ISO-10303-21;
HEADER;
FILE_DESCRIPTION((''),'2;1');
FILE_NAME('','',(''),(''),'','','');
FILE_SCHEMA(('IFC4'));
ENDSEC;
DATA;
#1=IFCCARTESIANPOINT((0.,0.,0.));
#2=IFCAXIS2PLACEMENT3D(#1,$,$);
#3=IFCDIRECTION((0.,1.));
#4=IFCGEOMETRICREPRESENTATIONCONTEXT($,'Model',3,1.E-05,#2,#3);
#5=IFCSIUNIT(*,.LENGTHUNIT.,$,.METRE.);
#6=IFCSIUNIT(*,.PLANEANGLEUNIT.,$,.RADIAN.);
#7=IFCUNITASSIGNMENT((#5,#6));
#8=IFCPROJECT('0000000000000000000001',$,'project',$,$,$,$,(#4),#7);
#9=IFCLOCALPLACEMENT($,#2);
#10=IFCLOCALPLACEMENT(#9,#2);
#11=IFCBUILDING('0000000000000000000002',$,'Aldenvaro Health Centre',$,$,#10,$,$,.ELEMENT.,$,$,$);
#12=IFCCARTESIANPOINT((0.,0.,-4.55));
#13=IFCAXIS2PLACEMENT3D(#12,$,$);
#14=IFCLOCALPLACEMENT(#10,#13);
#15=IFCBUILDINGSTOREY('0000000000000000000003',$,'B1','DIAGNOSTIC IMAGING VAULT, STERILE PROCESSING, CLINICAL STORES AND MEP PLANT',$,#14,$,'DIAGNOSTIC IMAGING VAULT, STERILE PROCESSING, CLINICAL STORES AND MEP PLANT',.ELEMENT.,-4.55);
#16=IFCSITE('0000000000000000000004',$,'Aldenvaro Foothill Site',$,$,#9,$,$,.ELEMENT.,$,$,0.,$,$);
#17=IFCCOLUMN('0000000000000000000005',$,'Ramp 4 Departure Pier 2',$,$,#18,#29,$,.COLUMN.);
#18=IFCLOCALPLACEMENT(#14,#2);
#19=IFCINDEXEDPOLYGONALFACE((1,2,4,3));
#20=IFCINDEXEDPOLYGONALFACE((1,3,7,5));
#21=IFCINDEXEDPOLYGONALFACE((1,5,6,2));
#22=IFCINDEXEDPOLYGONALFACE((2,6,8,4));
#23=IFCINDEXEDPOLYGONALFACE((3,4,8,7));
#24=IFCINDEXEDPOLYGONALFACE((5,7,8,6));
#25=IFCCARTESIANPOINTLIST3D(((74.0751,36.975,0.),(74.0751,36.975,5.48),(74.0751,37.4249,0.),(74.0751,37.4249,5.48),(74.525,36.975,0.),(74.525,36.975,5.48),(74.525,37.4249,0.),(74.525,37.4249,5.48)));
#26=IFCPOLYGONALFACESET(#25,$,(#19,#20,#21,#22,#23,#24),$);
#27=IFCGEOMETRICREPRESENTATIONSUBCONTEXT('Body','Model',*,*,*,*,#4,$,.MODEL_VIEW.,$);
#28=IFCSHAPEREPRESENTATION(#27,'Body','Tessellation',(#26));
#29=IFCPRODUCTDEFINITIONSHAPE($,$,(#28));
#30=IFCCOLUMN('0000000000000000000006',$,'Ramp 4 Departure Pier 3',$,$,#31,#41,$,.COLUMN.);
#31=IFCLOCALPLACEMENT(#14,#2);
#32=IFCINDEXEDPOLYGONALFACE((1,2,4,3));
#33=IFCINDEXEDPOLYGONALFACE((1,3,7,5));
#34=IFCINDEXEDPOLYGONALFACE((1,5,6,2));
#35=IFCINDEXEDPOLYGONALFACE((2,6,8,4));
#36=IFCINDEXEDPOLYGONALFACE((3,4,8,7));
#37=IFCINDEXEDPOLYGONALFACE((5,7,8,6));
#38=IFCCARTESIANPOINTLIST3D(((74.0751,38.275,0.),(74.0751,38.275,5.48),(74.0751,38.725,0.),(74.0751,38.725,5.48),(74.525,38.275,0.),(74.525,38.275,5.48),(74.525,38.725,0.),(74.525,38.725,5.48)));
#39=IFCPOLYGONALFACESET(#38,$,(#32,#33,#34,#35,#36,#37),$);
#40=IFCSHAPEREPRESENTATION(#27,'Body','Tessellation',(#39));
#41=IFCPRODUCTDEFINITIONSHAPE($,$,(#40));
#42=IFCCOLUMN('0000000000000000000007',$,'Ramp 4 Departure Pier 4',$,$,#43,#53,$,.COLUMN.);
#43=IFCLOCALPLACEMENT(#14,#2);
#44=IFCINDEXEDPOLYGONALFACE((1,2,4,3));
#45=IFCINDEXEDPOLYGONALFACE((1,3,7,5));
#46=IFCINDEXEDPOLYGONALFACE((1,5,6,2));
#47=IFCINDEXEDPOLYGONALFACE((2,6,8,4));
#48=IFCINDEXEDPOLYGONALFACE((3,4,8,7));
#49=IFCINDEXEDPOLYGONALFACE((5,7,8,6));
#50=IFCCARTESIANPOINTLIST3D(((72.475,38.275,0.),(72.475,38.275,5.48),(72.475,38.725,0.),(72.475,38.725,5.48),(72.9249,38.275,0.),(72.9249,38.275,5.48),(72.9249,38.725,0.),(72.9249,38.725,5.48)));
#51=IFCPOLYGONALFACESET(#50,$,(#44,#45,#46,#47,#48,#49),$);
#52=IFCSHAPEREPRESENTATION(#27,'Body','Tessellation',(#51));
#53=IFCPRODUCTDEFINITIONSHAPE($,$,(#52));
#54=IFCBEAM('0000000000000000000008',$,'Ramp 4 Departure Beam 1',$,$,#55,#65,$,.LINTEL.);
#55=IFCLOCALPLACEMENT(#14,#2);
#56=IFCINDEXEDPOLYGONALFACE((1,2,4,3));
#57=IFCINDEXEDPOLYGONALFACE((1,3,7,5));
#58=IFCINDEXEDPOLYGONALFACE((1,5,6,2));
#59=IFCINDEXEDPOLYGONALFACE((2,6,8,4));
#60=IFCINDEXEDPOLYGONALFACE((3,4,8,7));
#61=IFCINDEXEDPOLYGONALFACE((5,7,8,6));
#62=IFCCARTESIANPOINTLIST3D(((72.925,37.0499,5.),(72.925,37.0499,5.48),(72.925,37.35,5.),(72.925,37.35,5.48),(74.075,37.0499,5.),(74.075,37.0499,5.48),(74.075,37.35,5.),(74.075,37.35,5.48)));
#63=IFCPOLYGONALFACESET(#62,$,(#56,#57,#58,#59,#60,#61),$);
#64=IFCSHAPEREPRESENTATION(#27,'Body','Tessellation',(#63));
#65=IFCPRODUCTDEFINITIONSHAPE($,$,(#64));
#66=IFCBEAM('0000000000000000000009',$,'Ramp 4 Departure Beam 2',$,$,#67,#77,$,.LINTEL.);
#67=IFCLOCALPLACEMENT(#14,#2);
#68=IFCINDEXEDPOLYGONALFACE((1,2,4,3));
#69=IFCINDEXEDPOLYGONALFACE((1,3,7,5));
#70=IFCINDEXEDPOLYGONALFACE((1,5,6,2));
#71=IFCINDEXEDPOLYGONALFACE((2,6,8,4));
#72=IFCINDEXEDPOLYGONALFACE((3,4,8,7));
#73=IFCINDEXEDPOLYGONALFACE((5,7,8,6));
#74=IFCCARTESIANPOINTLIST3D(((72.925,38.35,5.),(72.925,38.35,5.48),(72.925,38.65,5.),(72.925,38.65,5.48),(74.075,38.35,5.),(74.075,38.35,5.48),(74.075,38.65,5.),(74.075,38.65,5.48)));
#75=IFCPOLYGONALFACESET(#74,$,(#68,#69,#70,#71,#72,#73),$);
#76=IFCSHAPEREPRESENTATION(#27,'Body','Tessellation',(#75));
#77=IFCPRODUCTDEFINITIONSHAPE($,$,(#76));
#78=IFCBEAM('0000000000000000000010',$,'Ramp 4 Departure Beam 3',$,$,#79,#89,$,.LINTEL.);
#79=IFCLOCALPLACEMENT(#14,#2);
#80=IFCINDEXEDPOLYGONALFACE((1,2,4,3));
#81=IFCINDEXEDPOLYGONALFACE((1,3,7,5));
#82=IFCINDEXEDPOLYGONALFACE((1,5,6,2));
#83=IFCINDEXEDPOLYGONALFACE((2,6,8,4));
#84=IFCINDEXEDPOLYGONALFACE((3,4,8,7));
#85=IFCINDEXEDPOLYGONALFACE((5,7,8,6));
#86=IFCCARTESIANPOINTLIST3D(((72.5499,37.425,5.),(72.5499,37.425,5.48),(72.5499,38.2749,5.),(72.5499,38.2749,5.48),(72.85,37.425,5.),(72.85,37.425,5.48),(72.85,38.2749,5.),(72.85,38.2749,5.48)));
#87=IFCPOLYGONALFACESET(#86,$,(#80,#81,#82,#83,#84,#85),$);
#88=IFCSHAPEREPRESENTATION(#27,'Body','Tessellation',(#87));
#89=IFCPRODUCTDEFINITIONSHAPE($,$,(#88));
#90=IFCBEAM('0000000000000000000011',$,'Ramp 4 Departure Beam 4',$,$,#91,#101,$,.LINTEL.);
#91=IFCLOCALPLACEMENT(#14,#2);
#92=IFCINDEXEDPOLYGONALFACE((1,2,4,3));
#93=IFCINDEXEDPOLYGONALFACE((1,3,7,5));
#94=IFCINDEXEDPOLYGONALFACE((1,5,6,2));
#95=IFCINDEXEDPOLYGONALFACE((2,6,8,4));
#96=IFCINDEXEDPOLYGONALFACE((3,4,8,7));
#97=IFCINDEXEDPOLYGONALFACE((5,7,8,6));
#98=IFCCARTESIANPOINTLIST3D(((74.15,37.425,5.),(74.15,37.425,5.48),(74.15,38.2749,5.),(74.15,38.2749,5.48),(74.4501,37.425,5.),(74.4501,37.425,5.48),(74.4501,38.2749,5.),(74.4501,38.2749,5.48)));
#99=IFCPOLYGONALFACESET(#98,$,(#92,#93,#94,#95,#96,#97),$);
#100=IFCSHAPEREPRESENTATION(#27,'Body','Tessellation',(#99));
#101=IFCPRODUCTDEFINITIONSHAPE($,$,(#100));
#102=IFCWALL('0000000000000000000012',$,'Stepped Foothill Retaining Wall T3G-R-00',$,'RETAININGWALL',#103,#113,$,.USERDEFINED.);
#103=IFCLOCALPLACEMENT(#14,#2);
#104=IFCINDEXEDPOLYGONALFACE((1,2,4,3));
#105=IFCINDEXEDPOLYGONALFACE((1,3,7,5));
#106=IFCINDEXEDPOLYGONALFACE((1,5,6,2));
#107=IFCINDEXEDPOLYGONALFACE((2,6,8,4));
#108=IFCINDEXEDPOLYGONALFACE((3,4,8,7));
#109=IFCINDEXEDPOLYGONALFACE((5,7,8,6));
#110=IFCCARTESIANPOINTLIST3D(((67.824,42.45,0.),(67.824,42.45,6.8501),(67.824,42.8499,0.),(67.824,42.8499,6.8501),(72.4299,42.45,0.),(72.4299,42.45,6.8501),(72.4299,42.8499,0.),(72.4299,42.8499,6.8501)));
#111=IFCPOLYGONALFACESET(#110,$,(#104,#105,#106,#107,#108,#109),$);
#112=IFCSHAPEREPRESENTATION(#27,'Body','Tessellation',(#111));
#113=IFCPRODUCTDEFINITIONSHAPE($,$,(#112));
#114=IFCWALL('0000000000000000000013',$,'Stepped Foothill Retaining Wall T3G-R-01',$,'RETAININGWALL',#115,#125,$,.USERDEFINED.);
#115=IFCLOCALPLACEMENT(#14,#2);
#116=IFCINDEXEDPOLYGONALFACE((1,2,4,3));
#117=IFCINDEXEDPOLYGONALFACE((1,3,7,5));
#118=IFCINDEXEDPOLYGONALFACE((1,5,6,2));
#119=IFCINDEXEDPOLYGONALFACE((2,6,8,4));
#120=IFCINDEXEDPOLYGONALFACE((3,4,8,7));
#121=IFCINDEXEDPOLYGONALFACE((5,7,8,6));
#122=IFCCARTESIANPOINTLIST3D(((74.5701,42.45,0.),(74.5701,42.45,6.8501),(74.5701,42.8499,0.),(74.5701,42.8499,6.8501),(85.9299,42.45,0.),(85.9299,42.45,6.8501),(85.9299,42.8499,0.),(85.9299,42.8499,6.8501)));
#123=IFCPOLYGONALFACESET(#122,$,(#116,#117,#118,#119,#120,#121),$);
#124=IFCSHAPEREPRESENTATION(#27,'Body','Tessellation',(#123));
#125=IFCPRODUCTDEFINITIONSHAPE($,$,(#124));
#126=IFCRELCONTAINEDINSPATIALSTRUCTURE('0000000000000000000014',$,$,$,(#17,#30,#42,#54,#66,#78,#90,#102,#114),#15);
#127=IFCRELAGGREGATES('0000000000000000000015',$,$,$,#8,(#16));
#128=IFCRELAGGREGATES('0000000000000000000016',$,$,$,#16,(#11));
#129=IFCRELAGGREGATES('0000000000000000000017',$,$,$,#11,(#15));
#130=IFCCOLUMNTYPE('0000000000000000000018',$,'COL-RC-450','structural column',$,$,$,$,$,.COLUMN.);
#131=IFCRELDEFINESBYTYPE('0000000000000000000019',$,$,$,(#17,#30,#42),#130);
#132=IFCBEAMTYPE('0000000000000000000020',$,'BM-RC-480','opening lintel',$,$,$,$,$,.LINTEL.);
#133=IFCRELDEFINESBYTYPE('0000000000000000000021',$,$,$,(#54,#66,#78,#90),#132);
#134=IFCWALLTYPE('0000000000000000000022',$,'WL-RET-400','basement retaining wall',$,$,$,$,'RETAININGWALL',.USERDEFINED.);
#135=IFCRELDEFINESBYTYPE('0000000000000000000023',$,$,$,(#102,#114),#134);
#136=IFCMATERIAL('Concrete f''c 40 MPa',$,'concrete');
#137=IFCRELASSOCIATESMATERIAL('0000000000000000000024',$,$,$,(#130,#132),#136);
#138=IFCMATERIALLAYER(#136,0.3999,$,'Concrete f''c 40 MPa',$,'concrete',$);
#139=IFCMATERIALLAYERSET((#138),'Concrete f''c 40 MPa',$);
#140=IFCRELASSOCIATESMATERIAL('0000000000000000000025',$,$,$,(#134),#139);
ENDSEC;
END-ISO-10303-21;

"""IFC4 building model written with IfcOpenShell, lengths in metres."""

from ifc_helpers import new_model, si_unit, direction, frame, frame_2d, origin, origin_2d, place, context, subcontext, project, spatial, rectangle, extrude, material, layer, layer_set, material_profile, profile_set, type_object, element, save


model = new_model("IFC4")

# Units and contexts
model_context = context("Model", 3, precision=1e-05, world=origin(), true_north=direction((0.0, 1.0)))
body_context = subcontext(model_context, "Body", "Model", "MODEL_VIEW")
ifc_project = project(units=[si_unit("LENGTHUNIT", "METRE"), si_unit("PLANEANGLEUNIT", "RADIAN")], contexts=[model_context])

# Site, building, storey
site_placement = place(None, origin())
site = spatial("IfcSite", under=ifc_project, at=site_placement, Name="Aldenvaro Foothill Site", CompositionType="ELEMENT", RefElevation=0.0)
building_placement = place(site_placement, origin())
building = spatial("IfcBuilding", under=site, at=building_placement, Name="Aldenvaro Health Centre", CompositionType="ELEMENT")
storey_placement = place(building_placement, frame((0.0, 0.0, -4.55)))
storey = spatial("IfcBuildingStorey", under=building, at=storey_placement, Name="B1", Description="DIAGNOSTIC IMAGING VAULT, STERILE PROCESSING, CLINICAL STORES AND MEP PLANT", LongName="DIAGNOSTIC IMAGING VAULT, STERILE PROCESSING, CLINICAL STORES AND MEP PLANT", CompositionType="ELEMENT", Elevation=-4.55)

# Shared definitions
ifc_material = material(Name="Concrete f'c 40 MPa", Category="concrete")

# Columns
ifc_material_profile_1 = material_profile(ifc_material, rectangle(XDim=0.45, YDim=0.45, at=origin_2d()), Name="RC 450x450", Category="concrete")
ifc_profile_set_1 = profile_set([ifc_material_profile_1], Name="Concrete f'c 40 MPa")
column_type = type_object("IfcColumnType", Name="COL-RC-450", Description="structural column", PredefinedType="COLUMN", material=ifc_profile_set_1)
for number, where, z_axis, x_axis, name in (
    (1, (74.3, 37.2, 0.0), (0.0, 0.0, 1.0), (1.0, 0.0, 0.0), "Ramp 4 Departure Pier 2"),
    (2, (74.3, 38.5, 0.0), (0.0, 0.0, 1.0), (1.0, 0.0, 0.0), "Ramp 4 Departure Pier 3"),
    (3, (72.7, 38.5, 0.0), (0.0, 0.0, 1.0), (1.0, 0.0, 0.0), "Ramp 4 Departure Pier 4"),
):
    element("IfcColumn", number, at=place(storey_placement, frame(where, z_axis=z_axis, x_axis=x_axis)), inside=storey, type_object=column_type, Name=name, PredefinedType="COLUMN", context=body_context, shape_type="SweptSolid", body=[
        extrude(rectangle(XDim=0.45, YDim=0.45, at=origin_2d()), origin(), (0.0, 0.0, 1.0), 5.48),
    ])

# Beams
ifc_material_profile_2 = material_profile(ifc_material, rectangle(XDim=0.3, YDim=0.48, at=origin_2d()), Name="RC 300x480", Category="concrete")
ifc_profile_set_2 = profile_set([ifc_material_profile_2], Name="Concrete f'c 40 MPa")
beam_type = type_object("IfcBeamType", Name="BM-RC-480", Description="opening lintel", PredefinedType="LINTEL", material=ifc_profile_set_2)
for number, where, z_axis, x_axis, name in (
    (4, (72.925, 37.2, 5.24), (1.0, 0.0, 0.0), (0.0, 1.0, 0.0), "Ramp 4 Departure Beam 1"),
    (5, (74.075, 38.5, 5.24), (-1.0, 0.0, 0.0), (0.0, -1.0, 0.0), "Ramp 4 Departure Beam 2"),
):
    element("IfcBeam", number, at=place(storey_placement, frame(where, z_axis=z_axis, x_axis=x_axis)), inside=storey, type_object=beam_type, Name=name, PredefinedType="LINTEL", context=body_context, shape_type="SweptSolid", body=[
        extrude(rectangle(XDim=0.3, YDim=0.48, at=origin_2d()), origin(), (0.0, 0.0, 1.0), 1.1499),
    ])
for number, where, z_axis, x_axis, name in (
    (6, (72.7, 37.425, 5.24), (0.0, 1.0, 0.0), (-1.0, 0.0, 0.0), "Ramp 4 Departure Beam 3"),
    (7, (74.3, 37.425, 5.24), (0.0, 1.0, 0.0), (-1.0, 0.0, 0.0), "Ramp 4 Departure Beam 4"),
):
    element("IfcBeam", number, at=place(storey_placement, frame(where, z_axis=z_axis, x_axis=x_axis)), inside=storey, type_object=beam_type, Name=name, PredefinedType="LINTEL", context=body_context, shape_type="SweptSolid", body=[
        extrude(rectangle(XDim=0.3, YDim=0.48, at=origin_2d()), origin(), (0.0, 0.0, 1.0), 0.8499),
    ])

# Walls
ifc_layer = layer(ifc_material, 0.3999, Name="Concrete f'c 40 MPa", Category="concrete")
ifc_layer_set = layer_set([ifc_layer], Name="Concrete f'c 40 MPa")
wall_type = type_object("IfcWallType", Name="WL-RET-400", Description="basement retaining wall", ElementType="RETAININGWALL", PredefinedType="USERDEFINED", material=ifc_layer_set)
wall_1_placement = place(storey_placement, frame((67.824, 42.6499, 0.0), z_axis=(0.0, 0.0, 1.0), x_axis=(1.0, 0.0, 0.0)))
element("IfcWall", 8, at=wall_1_placement, inside=storey, type_object=wall_type, Name="Stepped Foothill Retaining Wall T3G-R-00", ObjectType="RETAININGWALL", PredefinedType="USERDEFINED", context=body_context, shape_type="SweptSolid", body=[
    extrude(rectangle(XDim=4.606, YDim=0.3999, at=frame_2d((2.303, 0.0))), origin(), (0.0, 0.0, 1.0), 6.8501),
])
wall_2_placement = place(storey_placement, frame((74.5701, 42.6499, 0.0), z_axis=(0.0, 0.0, 1.0), x_axis=(1.0, 0.0, 0.0)))
element("IfcWall", 9, at=wall_2_placement, inside=storey, type_object=wall_type, Name="Stepped Foothill Retaining Wall T3G-R-01", ObjectType="RETAININGWALL", PredefinedType="USERDEFINED", context=body_context, shape_type="SweptSolid", body=[
    extrude(rectangle(XDim=11.3599, YDim=0.3999, at=frame_2d((5.6799, 0.0))), origin(), (0.0, 0.0, 1.0), 6.8501),
])

save(model, "model.ifc")
